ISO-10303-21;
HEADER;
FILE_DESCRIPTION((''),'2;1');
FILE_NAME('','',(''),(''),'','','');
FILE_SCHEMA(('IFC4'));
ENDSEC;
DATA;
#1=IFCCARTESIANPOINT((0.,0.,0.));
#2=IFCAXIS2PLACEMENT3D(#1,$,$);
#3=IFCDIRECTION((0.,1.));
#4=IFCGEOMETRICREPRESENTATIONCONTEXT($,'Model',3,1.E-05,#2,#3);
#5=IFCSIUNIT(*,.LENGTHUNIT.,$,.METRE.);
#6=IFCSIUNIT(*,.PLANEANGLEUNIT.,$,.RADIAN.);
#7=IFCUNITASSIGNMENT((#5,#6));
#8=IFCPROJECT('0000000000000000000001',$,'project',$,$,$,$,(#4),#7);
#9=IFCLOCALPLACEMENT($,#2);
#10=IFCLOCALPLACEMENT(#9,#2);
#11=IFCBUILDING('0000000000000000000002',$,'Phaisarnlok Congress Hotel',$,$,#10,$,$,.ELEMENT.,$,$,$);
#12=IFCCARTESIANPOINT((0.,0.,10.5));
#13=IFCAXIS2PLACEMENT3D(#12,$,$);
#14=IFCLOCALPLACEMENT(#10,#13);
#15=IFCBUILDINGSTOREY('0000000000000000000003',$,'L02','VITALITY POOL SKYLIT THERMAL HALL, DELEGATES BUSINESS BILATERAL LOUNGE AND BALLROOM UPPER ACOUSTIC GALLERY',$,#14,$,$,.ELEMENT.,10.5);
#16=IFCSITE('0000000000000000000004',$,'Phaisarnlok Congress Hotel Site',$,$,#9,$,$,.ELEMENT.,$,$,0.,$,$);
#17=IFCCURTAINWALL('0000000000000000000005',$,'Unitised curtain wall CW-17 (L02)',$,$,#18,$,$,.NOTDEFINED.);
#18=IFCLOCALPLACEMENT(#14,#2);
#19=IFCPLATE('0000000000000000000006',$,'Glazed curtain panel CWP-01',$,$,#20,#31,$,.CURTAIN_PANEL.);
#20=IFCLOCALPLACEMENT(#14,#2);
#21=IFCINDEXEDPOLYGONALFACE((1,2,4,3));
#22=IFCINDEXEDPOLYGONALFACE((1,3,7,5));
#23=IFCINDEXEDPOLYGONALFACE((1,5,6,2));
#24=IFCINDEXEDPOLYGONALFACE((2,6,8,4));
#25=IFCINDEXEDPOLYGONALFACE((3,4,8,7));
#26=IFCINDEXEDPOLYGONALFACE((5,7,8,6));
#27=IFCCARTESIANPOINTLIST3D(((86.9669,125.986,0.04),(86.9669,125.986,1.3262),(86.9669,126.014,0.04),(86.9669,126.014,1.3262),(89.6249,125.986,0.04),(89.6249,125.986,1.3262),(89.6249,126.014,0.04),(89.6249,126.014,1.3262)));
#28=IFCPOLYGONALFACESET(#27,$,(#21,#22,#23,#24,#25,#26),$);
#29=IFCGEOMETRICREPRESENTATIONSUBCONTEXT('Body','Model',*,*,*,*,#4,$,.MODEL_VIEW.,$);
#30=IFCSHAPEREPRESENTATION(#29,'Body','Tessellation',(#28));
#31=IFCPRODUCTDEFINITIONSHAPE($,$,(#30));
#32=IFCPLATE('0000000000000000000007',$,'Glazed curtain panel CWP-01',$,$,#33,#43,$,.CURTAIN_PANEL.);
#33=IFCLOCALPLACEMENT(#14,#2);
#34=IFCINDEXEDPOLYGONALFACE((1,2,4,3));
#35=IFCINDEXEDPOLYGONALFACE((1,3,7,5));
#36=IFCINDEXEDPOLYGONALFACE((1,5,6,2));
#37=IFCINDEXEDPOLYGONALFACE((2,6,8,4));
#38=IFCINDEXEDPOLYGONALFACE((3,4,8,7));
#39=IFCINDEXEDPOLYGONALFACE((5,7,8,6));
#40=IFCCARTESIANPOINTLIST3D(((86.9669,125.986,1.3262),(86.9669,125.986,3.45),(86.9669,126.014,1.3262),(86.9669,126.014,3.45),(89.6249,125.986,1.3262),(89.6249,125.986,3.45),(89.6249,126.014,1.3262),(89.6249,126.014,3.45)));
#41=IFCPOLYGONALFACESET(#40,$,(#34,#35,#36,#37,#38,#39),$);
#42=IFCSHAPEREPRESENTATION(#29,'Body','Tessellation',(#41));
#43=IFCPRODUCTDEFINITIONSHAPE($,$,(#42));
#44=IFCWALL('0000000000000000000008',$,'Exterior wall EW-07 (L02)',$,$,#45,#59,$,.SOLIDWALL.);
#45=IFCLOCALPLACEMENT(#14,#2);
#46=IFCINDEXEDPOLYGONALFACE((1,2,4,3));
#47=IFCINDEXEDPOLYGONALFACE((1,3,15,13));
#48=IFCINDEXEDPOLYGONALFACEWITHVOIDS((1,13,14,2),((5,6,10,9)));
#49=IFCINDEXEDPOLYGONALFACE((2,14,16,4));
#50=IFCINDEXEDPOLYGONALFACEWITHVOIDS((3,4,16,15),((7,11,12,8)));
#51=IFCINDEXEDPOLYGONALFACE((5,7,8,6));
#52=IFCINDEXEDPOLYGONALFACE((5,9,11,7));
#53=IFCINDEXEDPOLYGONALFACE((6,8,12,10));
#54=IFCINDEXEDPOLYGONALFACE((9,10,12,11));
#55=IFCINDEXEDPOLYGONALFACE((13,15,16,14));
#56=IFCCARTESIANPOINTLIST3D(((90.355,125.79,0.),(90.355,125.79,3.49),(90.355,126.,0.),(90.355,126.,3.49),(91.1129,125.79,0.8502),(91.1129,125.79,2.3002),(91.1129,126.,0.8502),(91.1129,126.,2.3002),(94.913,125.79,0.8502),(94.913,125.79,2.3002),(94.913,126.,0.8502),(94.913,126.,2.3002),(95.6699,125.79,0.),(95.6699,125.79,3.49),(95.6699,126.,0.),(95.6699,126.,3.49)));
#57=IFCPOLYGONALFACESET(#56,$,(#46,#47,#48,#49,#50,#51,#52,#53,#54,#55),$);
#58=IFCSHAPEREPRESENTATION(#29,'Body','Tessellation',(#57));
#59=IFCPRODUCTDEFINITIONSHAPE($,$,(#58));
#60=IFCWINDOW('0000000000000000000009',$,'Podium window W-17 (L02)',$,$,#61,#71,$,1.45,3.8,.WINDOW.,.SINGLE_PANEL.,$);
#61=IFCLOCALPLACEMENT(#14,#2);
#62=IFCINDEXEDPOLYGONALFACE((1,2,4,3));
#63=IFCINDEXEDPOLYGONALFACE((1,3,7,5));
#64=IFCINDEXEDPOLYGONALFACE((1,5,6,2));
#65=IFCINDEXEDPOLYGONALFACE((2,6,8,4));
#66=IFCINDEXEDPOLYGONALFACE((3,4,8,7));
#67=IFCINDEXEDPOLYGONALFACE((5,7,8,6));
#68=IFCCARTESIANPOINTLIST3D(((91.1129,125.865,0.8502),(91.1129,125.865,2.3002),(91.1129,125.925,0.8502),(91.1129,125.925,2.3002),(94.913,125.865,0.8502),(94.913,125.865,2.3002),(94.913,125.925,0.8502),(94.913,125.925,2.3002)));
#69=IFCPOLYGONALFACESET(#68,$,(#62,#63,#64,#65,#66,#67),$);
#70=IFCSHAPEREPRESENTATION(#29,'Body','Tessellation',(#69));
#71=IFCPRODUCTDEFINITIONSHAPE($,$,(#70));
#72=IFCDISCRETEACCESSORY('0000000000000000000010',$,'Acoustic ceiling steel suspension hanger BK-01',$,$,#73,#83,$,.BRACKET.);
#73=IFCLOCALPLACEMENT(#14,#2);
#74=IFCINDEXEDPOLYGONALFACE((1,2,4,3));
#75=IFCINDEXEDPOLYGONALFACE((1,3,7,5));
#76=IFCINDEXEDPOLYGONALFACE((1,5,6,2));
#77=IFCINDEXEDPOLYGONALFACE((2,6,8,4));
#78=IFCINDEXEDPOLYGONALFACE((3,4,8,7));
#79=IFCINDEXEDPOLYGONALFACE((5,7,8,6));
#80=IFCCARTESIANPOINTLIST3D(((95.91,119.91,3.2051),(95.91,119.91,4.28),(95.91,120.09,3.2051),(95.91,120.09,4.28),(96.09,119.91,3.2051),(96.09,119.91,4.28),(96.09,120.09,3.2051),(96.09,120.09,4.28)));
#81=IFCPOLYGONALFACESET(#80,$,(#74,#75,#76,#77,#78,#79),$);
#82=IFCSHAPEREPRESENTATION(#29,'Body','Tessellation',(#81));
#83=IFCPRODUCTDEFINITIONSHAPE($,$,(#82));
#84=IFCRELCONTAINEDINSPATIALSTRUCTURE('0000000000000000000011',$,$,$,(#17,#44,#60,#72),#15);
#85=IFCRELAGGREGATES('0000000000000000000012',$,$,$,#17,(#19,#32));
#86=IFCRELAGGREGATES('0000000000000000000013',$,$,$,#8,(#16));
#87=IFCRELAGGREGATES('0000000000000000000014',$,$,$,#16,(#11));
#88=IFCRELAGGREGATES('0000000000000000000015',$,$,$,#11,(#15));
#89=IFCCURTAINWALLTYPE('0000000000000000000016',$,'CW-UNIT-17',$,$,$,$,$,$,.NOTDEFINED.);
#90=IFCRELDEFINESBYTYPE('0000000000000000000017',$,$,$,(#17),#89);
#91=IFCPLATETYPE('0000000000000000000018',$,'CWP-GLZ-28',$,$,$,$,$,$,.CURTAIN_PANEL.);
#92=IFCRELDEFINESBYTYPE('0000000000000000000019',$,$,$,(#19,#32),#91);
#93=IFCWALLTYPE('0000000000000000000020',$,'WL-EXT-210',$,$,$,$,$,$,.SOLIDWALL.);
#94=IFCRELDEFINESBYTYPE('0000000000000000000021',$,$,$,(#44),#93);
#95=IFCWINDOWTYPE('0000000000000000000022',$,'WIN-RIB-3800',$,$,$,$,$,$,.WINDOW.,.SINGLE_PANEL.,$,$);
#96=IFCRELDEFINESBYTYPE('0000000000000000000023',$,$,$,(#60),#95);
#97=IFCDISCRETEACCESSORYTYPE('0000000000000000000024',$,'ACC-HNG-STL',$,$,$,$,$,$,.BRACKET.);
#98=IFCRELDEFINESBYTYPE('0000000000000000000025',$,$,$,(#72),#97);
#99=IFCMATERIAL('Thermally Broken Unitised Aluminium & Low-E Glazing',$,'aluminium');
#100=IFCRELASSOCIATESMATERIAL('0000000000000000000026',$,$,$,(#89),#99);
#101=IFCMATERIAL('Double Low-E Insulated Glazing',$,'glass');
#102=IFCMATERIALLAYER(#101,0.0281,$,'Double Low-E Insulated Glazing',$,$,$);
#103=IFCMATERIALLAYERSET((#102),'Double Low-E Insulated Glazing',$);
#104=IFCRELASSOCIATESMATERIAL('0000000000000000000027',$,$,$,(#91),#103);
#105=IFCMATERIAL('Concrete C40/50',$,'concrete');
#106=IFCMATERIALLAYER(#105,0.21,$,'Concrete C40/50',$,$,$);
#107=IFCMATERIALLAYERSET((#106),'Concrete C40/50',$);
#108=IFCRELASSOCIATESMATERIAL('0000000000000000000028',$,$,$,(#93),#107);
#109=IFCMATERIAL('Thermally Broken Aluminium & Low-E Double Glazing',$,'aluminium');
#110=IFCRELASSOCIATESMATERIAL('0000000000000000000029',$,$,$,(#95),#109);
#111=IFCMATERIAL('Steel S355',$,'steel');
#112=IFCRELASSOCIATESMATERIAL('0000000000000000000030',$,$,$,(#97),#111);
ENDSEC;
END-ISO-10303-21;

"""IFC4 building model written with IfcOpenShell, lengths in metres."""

from ifc_helpers import new_model, si_unit, direction, frame, frame_2d, origin, origin_2d, place, context, subcontext, project, spatial, rectangle, extrude, material, layer, layer_set, type_object, element, fill, aggregate, save


model = new_model("IFC4")

# Units and contexts
model_context = context("Model", 3, precision=1e-05, world=origin(), true_north=direction((0.0, 1.0)))
body_context = subcontext(model_context, "Body", "Model", "MODEL_VIEW")
ifc_project = project(units=[si_unit("LENGTHUNIT", "METRE"), si_unit("PLANEANGLEUNIT", "RADIAN")], contexts=[model_context])

# Site, building, storey
site_placement = place(None, origin())
site = spatial("IfcSite", under=ifc_project, at=site_placement, Name="Phaisarnlok Congress Hotel Site", CompositionType="ELEMENT", RefElevation=0.0)
building_placement = place(site_placement, origin())
building = spatial("IfcBuilding", under=site, at=building_placement, Name="Phaisarnlok Congress Hotel", CompositionType="ELEMENT")
storey_placement = place(building_placement, frame((0.0, 0.0, 10.5)))
storey = spatial("IfcBuildingStorey", under=building, at=storey_placement, Name="L02", Description="VITALITY POOL SKYLIT THERMAL HALL, DELEGATES BUSINESS BILATERAL LOUNGE AND BALLROOM UPPER ACOUSTIC GALLERY", CompositionType="ELEMENT", Elevation=10.5)

# Shared definitions
ifc_material_1 = material(Name="Concrete C40/50", Category="concrete")
ifc_material_2 = material(Name="Steel S355", Category="steel")

# Shared definitions
ifc_material_3 = material(Name="Thermally Broken Unitised Aluminium & Low-E Glazing", Category="aluminium")

# Curtain wall
curtain_wall_type_1 = type_object("IfcCurtainWallType", Name="CW-UNIT-17", PredefinedType="NOTDEFINED", material=ifc_material_3)
curtain_wall_1_placement = place(storey_placement, origin())
curtain_wall_1 = element("IfcCurtainWall", 1, at=curtain_wall_1_placement, inside=storey, type_object=curtain_wall_type_1, Name="Unitised curtain wall CW-17 (L02)", PredefinedType="NOTDEFINED")

# Plates
ifc_material_4 = material(Name="Double Low-E Insulated Glazing", Category="glass")
ifc_layer_1 = layer(ifc_material_4, 0.0281, Name="Double Low-E Insulated Glazing")
ifc_layer_set_1 = layer_set([ifc_layer_1], Name="Double Low-E Insulated Glazing")
plate_type = type_object("IfcPlateType", Name="CWP-GLZ-28", PredefinedType="CURTAIN_PANEL", material=ifc_layer_set_1)
plate_1_placement = place(storey_placement, frame((89.625, 126.0, 0.04), z_axis=(0.0, 0.0, 1.0), x_axis=(-1.0, 0.0, 0.0)))
plate_1 = element("IfcPlate", 2, at=plate_1_placement, type_object=plate_type, Name="Glazed curtain panel CWP-01", PredefinedType="CURTAIN_PANEL", context=body_context, shape_type="SweptSolid", body=[
    extrude(rectangle(XDim=2.658, YDim=0.0281, at=frame_2d((1.3291, 0.0))), origin(), (0.0, 0.0, 1.0), 1.2861),
])
plate_2_placement = place(storey_placement, frame((89.625, 126.0, 1.3262), z_axis=(0.0, 0.0, 1.0), x_axis=(-1.0, 0.0, 0.0)))
plate_2 = element("IfcPlate", 3, at=plate_2_placement, type_object=plate_type, Name="Glazed curtain panel CWP-01", PredefinedType="CURTAIN_PANEL", context=body_context, shape_type="SweptSolid", body=[
    extrude(rectangle(XDim=2.658, YDim=0.0281, at=frame_2d((1.3291, 0.0))), origin(), (0.0, 0.0, 1.0), 2.1238),
])
aggregate(curtain_wall_1, [plate_1, plate_2])

# Wall, opening, window
ifc_layer_2 = layer(ifc_material_1, 0.21, Name="Concrete C40/50")
ifc_layer_set_2 = layer_set([ifc_layer_2], Name="Concrete C40/50")
wall_type = type_object("IfcWallType", Name="WL-EXT-210", PredefinedType="SOLIDWALL", material=ifc_layer_set_2)
wall_placement = place(storey_placement, frame((95.6699, 125.895, 0.0), z_axis=(0.0, 0.0, 1.0), x_axis=(-1.0, 0.0, 0.0)))
wall = element("IfcWall", 4, at=wall_placement, inside=storey, type_object=wall_type, Name="Exterior wall EW-07 (L02)", PredefinedType="SOLIDWALL", context=body_context, shape_type="SweptSolid", body=[
    extrude(rectangle(XDim=5.3149, YDim=0.21, at=frame_2d((2.6575, 0.0))), origin(), (0.0, 0.0, 1.0), 3.49),
])
opening_placement = place(wall_placement, frame((0.7571, 0.0, 0.8501)))
opening = element("IfcOpeningElement", 5, at=opening_placement, cuts=wall, PredefinedType="OPENING", context=body_context, shape_type="SweptSolid", body=[
    extrude(rectangle(XDim=3.8, YDim=1.45, at=frame_2d((1.8999, 0.7251))), frame((0.0, 0.115, 0.0), z_axis=(0.0, -1.0, 0.0), x_axis=(1.0, 0.0, 0.0)), (0.0, 0.0, 1.0), 0.23),
])
ifc_material_5 = material(Name="Thermally Broken Aluminium & Low-E Double Glazing", Category="aluminium")
window_type = type_object("IfcWindowType", Name="WIN-RIB-3800", PartitioningType="SINGLE_PANEL", PredefinedType="WINDOW", material=ifc_material_5)
window_placement = place(opening_placement, origin())
window = element("IfcWindow", 6, at=window_placement, inside=storey, type_object=window_type, Name="Podium window W-17 (L02)", OverallHeight=1.45, OverallWidth=3.8, PartitioningType="SINGLE_PANEL", PredefinedType="WINDOW", context=body_context, shape_type="SweptSolid", body=[
    extrude(rectangle(XDim=3.8, YDim=1.45, at=frame_2d((1.8999, 0.7251))), frame((0.0, 0.03, 0.0), z_axis=(0.0, -1.0, 0.0), x_axis=(1.0, 0.0, 0.0)), (0.0, 0.0, 1.0), 0.0601),
])
fill(opening, window)

# Discrete accessory
discrete_accessory_type = type_object("IfcDiscreteAccessoryType", Name="ACC-HNG-STL", PredefinedType="BRACKET", material=ifc_material_2)
discrete_accessory_placement = place(storey_placement, frame((96.0, 120.0, 3.2051), z_axis=(0.0, 0.0, 1.0), x_axis=(1.0, 0.0, 0.0)))
element("IfcDiscreteAccessory", 7, at=discrete_accessory_placement, inside=storey, type_object=discrete_accessory_type, Name="Acoustic ceiling steel suspension hanger BK-01", PredefinedType="BRACKET", context=body_context, shape_type="SweptSolid", body=[
    extrude(rectangle(XDim=0.1799, YDim=0.1799, at=origin_2d()), origin(), (0.0, 0.0, 1.0), 1.075),
])

save(model, "model.ifc")
